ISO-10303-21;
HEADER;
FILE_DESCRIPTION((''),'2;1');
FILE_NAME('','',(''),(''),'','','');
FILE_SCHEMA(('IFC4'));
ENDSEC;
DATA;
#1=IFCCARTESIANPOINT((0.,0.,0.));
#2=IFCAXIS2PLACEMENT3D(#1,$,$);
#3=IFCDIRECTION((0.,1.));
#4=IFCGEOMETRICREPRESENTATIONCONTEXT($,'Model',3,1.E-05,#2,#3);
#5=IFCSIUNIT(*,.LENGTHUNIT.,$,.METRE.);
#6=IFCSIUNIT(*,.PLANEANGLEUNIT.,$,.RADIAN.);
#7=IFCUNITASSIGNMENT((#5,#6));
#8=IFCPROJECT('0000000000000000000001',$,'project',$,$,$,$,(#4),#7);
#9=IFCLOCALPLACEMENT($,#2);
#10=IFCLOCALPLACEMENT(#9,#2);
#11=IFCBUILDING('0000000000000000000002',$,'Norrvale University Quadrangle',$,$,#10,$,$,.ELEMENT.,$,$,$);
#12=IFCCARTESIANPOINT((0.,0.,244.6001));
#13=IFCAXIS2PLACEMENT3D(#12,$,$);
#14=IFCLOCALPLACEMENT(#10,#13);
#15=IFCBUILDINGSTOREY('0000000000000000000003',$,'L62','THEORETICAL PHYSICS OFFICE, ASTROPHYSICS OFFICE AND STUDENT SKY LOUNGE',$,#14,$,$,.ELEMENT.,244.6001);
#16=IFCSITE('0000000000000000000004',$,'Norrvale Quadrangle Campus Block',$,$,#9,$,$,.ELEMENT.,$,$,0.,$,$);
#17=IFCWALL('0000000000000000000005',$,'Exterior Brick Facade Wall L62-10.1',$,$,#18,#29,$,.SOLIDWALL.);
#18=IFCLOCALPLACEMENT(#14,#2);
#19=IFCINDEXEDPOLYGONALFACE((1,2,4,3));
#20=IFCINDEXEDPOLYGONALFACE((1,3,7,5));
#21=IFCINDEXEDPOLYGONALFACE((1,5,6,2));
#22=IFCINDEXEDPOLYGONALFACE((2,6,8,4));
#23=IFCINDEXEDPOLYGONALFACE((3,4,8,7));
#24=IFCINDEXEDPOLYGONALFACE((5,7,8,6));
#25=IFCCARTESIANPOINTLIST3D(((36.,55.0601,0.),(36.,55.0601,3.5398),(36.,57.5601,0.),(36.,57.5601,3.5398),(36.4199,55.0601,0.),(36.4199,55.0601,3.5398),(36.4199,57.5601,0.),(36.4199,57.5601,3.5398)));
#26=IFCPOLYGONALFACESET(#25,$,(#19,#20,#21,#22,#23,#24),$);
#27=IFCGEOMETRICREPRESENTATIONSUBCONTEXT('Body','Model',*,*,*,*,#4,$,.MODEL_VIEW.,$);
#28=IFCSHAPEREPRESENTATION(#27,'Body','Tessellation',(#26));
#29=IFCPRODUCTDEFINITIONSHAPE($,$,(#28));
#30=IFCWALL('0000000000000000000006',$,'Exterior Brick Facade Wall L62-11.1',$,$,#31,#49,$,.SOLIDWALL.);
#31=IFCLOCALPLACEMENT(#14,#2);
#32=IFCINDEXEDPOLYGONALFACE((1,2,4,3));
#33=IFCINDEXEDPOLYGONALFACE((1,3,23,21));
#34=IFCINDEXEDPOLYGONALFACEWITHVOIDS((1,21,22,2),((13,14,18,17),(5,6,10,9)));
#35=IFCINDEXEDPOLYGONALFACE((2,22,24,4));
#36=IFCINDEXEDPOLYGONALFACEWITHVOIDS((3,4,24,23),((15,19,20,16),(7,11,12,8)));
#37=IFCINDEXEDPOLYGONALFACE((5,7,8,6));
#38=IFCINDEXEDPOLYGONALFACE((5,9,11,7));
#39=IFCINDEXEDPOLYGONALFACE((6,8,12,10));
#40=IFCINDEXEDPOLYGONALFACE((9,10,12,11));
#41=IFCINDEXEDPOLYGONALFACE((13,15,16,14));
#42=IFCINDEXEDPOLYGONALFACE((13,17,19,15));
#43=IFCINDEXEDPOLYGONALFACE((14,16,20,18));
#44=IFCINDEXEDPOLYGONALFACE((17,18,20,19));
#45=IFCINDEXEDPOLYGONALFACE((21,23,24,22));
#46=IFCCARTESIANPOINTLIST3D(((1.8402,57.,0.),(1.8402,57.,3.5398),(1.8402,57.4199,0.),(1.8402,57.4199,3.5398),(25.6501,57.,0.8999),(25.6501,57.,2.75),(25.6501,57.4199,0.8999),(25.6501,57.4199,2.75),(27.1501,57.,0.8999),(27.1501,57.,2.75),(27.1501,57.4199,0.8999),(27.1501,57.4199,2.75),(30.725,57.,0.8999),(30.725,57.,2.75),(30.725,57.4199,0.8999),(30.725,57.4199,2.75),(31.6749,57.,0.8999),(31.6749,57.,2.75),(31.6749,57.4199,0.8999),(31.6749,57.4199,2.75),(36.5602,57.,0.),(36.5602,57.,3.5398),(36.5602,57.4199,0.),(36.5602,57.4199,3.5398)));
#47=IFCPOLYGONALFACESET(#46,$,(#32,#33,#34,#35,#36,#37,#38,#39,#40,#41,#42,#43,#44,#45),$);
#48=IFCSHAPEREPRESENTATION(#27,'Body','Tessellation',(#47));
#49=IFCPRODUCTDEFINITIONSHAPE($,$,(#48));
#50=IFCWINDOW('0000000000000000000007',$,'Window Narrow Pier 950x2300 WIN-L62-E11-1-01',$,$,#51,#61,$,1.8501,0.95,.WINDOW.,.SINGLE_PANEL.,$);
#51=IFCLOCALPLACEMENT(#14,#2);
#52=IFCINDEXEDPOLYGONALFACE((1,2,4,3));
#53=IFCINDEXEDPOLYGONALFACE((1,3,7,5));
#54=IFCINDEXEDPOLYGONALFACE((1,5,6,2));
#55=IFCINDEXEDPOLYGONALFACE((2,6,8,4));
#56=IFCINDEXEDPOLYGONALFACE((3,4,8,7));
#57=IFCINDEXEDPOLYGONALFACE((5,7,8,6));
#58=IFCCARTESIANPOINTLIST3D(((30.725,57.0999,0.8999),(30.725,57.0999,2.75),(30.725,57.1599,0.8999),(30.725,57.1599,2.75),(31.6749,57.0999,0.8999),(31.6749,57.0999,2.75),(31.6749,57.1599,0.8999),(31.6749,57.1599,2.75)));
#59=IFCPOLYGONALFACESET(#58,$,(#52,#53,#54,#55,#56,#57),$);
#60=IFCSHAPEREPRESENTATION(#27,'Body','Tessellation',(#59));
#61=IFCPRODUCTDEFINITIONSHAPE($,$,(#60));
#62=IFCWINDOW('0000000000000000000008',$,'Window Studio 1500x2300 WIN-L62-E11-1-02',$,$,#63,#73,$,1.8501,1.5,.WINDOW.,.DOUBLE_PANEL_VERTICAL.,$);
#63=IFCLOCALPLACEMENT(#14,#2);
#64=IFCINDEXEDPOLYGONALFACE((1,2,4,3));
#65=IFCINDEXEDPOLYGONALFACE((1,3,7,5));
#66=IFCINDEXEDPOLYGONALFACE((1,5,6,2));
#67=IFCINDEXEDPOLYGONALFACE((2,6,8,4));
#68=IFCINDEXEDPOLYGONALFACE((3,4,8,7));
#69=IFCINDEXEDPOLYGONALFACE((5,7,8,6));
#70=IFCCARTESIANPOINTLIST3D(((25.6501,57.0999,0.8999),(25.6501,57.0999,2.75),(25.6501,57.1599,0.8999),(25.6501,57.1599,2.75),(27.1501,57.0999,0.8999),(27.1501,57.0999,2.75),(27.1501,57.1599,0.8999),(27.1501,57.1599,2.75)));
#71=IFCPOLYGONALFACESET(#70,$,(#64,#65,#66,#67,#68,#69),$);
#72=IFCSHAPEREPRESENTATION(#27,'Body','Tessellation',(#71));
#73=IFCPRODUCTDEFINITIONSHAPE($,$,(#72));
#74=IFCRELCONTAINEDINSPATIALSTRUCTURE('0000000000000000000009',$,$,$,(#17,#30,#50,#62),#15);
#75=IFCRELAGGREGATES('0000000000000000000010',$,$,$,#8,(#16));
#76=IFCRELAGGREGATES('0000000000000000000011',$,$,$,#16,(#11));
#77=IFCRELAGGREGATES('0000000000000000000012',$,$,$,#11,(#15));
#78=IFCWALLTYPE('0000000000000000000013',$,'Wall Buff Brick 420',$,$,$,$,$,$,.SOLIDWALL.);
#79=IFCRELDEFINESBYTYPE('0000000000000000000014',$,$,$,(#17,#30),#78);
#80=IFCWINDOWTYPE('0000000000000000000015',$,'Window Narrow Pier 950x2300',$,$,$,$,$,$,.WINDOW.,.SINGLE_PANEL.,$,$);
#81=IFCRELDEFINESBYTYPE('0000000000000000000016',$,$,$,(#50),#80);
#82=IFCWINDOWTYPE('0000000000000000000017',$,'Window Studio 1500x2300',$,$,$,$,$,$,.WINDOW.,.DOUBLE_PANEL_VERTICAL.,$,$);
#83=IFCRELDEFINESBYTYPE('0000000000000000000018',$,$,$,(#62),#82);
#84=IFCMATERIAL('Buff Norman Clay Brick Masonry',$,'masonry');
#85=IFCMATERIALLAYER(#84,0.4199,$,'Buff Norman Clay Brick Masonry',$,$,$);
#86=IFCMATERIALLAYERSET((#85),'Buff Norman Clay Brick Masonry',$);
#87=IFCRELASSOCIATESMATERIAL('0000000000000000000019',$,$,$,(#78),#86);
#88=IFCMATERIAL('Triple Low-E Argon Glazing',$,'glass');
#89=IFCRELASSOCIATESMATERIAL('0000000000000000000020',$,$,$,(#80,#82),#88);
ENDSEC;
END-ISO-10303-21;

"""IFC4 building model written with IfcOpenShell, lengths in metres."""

from ifc_helpers import new_model, si_unit, direction, frame, frame_2d, origin, place, context, subcontext, project, spatial, rectangle, extrude, material, layer, layer_set, type_object, element, fill, save


model = new_model("IFC4")

# Units and contexts
model_context = context("Model", 3, precision=1e-05, world=origin(), true_north=direction((0.0, 1.0)))
body_context = subcontext(model_context, "Body", "Model", "MODEL_VIEW")
ifc_project = project(units=[si_unit("LENGTHUNIT", "METRE"), si_unit("PLANEANGLEUNIT", "RADIAN")], contexts=[model_context])

# Site, building, storey
site_placement = place(None, origin())
site = spatial("IfcSite", under=ifc_project, at=site_placement, Name="Norrvale Quadrangle Campus Block", CompositionType="ELEMENT", RefElevation=0.0)
building_placement = place(site_placement, origin())
building = spatial("IfcBuilding", under=site, at=building_placement, Name="Norrvale University Quadrangle", CompositionType="ELEMENT")
storey_placement = place(building_placement, frame((0.0, 0.0, 244.6001)))
storey = spatial("IfcBuildingStorey", under=building, at=storey_placement, Name="L62", Description="THEORETICAL PHYSICS OFFICE, ASTROPHYSICS OFFICE AND STUDENT SKY LOUNGE", CompositionType="ELEMENT", Elevation=244.6001)

# Shared definitions
ifc_material_1 = material(Name="Buff Norman Clay Brick Masonry", Category="masonry")
ifc_layer = layer(ifc_material_1, 0.4199, Name="Buff Norman Clay Brick Masonry")
ifc_layer_set = layer_set([ifc_layer], Name="Buff Norman Clay Brick Masonry")
wall_type = type_object("IfcWallType", Name="Wall Buff Brick 420", PredefinedType="SOLIDWALL", material=ifc_layer_set)

# Shared definitions
ifc_material_2 = material(Name="Triple Low-E Argon Glazing", Category="glass")

# Wall
for number, where, z_axis, x_axis, name in (
    (1, (36.21, 55.0601, 0.0), (0.0, 0.0, 1.0), (0.0, 1.0, 0.0), "Exterior Brick Facade Wall L62-10.1"),
):
    element("IfcWall", number, at=place(storey_placement, frame(where, z_axis=z_axis, x_axis=x_axis)), inside=storey, type_object=wall_type, Name=name, PredefinedType="SOLIDWALL", context=body_context, shape_type="SweptSolid", body=[
        extrude(rectangle(XDim=2.5, YDim=0.4199, at=frame_2d((1.25, 0.0))), origin(), (0.0, 0.0, 1.0), 3.5398),
    ])

# Wall, openings, windows
wall_1_placement = place(storey_placement, frame((36.5601, 57.21, 0.0), z_axis=(0.0, 0.0, 1.0), x_axis=(-1.0, 0.0, 0.0)))
wall_1 = element("IfcWall", 2, at=wall_1_placement, inside=storey, type_object=wall_type, Name="Exterior Brick Facade Wall L62-11.1", PredefinedType="SOLIDWALL", context=body_context, shape_type="SweptSolid", body=[
    extrude(rectangle(XDim=34.72, YDim=0.4199, at=frame_2d((17.3599, 0.0))), origin(), (0.0, 0.0, 1.0), 3.5398),
])
opening_1_placement = place(wall_1_placement, frame((4.885, 0.0, 0.8999)))
opening_1 = element("IfcOpeningElement", 3, at=opening_1_placement, cuts=wall_1, PredefinedType="OPENING", context=body_context, shape_type="SweptSolid", body=[
    extrude(rectangle(XDim=0.95, YDim=1.8501, at=frame_2d((0.4751, 0.925))), frame((0.0, 0.2219, 0.0), z_axis=(0.0, -1.0, 0.0), x_axis=(1.0, 0.0, 0.0)), (0.0, 0.0, 1.0), 0.4438),
])
opening_2_placement = place(wall_1_placement, frame((9.4099, 0.0, 0.8999)))
opening_2 = element("IfcOpeningElement", 4, at=opening_2_placement, cuts=wall_1, PredefinedType="OPENING", context=body_context, shape_type="SweptSolid", body=[
    extrude(rectangle(XDim=1.5, YDim=1.8501, at=frame_2d((0.75, 0.925))), frame((0.0, 0.2219, 0.0), z_axis=(0.0, -1.0, 0.0), x_axis=(1.0, 0.0, 0.0)), (0.0, 0.0, 1.0), 0.4438),
])
window_type_1 = type_object("IfcWindowType", Name="Window Narrow Pier 950x2300", PartitioningType="SINGLE_PANEL", PredefinedType="WINDOW", material=ifc_material_2)
window_1_placement = place(opening_1_placement, origin())
window_1 = element("IfcWindow", 5, at=window_1_placement, inside=storey, type_object=window_type_1, Name="Window Narrow Pier 950x2300 WIN-L62-E11-1-01", OverallHeight=1.8501, OverallWidth=0.95, PartitioningType="SINGLE_PANEL", PredefinedType="WINDOW", context=body_context, shape_type="SweptSolid", body=[
    extrude(rectangle(XDim=0.95, YDim=1.8501, at=frame_2d((0.4751, 0.925))), frame((0.0, 0.1101, 0.0), z_axis=(0.0, -1.0, 0.0), x_axis=(1.0, 0.0, 0.0)), (0.0, 0.0, 1.0), 0.0601),
])
fill(opening_1, window_1)
window_type_2 = type_object("IfcWindowType", Name="Window Studio 1500x2300", PartitioningType="DOUBLE_PANEL_VERTICAL", PredefinedType="WINDOW", material=ifc_material_2)
window_2_placement = place(opening_2_placement, origin())
window_2 = element("IfcWindow", 6, at=window_2_placement, inside=storey, type_object=window_type_2, Name="Window Studio 1500x2300 WIN-L62-E11-1-02", OverallHeight=1.8501, OverallWidth=1.5, PartitioningType="DOUBLE_PANEL_VERTICAL", PredefinedType="WINDOW", context=body_context, shape_type="SweptSolid", body=[
    extrude(rectangle(XDim=1.5, YDim=1.8501, at=frame_2d((0.75, 0.925))), frame((0.0, 0.1101, 0.0), z_axis=(0.0, -1.0, 0.0), x_axis=(1.0, 0.0, 0.0)), (0.0, 0.0, 1.0), 0.0601),
])
fill(opening_2, window_2)

save(model, "model.ifc")
